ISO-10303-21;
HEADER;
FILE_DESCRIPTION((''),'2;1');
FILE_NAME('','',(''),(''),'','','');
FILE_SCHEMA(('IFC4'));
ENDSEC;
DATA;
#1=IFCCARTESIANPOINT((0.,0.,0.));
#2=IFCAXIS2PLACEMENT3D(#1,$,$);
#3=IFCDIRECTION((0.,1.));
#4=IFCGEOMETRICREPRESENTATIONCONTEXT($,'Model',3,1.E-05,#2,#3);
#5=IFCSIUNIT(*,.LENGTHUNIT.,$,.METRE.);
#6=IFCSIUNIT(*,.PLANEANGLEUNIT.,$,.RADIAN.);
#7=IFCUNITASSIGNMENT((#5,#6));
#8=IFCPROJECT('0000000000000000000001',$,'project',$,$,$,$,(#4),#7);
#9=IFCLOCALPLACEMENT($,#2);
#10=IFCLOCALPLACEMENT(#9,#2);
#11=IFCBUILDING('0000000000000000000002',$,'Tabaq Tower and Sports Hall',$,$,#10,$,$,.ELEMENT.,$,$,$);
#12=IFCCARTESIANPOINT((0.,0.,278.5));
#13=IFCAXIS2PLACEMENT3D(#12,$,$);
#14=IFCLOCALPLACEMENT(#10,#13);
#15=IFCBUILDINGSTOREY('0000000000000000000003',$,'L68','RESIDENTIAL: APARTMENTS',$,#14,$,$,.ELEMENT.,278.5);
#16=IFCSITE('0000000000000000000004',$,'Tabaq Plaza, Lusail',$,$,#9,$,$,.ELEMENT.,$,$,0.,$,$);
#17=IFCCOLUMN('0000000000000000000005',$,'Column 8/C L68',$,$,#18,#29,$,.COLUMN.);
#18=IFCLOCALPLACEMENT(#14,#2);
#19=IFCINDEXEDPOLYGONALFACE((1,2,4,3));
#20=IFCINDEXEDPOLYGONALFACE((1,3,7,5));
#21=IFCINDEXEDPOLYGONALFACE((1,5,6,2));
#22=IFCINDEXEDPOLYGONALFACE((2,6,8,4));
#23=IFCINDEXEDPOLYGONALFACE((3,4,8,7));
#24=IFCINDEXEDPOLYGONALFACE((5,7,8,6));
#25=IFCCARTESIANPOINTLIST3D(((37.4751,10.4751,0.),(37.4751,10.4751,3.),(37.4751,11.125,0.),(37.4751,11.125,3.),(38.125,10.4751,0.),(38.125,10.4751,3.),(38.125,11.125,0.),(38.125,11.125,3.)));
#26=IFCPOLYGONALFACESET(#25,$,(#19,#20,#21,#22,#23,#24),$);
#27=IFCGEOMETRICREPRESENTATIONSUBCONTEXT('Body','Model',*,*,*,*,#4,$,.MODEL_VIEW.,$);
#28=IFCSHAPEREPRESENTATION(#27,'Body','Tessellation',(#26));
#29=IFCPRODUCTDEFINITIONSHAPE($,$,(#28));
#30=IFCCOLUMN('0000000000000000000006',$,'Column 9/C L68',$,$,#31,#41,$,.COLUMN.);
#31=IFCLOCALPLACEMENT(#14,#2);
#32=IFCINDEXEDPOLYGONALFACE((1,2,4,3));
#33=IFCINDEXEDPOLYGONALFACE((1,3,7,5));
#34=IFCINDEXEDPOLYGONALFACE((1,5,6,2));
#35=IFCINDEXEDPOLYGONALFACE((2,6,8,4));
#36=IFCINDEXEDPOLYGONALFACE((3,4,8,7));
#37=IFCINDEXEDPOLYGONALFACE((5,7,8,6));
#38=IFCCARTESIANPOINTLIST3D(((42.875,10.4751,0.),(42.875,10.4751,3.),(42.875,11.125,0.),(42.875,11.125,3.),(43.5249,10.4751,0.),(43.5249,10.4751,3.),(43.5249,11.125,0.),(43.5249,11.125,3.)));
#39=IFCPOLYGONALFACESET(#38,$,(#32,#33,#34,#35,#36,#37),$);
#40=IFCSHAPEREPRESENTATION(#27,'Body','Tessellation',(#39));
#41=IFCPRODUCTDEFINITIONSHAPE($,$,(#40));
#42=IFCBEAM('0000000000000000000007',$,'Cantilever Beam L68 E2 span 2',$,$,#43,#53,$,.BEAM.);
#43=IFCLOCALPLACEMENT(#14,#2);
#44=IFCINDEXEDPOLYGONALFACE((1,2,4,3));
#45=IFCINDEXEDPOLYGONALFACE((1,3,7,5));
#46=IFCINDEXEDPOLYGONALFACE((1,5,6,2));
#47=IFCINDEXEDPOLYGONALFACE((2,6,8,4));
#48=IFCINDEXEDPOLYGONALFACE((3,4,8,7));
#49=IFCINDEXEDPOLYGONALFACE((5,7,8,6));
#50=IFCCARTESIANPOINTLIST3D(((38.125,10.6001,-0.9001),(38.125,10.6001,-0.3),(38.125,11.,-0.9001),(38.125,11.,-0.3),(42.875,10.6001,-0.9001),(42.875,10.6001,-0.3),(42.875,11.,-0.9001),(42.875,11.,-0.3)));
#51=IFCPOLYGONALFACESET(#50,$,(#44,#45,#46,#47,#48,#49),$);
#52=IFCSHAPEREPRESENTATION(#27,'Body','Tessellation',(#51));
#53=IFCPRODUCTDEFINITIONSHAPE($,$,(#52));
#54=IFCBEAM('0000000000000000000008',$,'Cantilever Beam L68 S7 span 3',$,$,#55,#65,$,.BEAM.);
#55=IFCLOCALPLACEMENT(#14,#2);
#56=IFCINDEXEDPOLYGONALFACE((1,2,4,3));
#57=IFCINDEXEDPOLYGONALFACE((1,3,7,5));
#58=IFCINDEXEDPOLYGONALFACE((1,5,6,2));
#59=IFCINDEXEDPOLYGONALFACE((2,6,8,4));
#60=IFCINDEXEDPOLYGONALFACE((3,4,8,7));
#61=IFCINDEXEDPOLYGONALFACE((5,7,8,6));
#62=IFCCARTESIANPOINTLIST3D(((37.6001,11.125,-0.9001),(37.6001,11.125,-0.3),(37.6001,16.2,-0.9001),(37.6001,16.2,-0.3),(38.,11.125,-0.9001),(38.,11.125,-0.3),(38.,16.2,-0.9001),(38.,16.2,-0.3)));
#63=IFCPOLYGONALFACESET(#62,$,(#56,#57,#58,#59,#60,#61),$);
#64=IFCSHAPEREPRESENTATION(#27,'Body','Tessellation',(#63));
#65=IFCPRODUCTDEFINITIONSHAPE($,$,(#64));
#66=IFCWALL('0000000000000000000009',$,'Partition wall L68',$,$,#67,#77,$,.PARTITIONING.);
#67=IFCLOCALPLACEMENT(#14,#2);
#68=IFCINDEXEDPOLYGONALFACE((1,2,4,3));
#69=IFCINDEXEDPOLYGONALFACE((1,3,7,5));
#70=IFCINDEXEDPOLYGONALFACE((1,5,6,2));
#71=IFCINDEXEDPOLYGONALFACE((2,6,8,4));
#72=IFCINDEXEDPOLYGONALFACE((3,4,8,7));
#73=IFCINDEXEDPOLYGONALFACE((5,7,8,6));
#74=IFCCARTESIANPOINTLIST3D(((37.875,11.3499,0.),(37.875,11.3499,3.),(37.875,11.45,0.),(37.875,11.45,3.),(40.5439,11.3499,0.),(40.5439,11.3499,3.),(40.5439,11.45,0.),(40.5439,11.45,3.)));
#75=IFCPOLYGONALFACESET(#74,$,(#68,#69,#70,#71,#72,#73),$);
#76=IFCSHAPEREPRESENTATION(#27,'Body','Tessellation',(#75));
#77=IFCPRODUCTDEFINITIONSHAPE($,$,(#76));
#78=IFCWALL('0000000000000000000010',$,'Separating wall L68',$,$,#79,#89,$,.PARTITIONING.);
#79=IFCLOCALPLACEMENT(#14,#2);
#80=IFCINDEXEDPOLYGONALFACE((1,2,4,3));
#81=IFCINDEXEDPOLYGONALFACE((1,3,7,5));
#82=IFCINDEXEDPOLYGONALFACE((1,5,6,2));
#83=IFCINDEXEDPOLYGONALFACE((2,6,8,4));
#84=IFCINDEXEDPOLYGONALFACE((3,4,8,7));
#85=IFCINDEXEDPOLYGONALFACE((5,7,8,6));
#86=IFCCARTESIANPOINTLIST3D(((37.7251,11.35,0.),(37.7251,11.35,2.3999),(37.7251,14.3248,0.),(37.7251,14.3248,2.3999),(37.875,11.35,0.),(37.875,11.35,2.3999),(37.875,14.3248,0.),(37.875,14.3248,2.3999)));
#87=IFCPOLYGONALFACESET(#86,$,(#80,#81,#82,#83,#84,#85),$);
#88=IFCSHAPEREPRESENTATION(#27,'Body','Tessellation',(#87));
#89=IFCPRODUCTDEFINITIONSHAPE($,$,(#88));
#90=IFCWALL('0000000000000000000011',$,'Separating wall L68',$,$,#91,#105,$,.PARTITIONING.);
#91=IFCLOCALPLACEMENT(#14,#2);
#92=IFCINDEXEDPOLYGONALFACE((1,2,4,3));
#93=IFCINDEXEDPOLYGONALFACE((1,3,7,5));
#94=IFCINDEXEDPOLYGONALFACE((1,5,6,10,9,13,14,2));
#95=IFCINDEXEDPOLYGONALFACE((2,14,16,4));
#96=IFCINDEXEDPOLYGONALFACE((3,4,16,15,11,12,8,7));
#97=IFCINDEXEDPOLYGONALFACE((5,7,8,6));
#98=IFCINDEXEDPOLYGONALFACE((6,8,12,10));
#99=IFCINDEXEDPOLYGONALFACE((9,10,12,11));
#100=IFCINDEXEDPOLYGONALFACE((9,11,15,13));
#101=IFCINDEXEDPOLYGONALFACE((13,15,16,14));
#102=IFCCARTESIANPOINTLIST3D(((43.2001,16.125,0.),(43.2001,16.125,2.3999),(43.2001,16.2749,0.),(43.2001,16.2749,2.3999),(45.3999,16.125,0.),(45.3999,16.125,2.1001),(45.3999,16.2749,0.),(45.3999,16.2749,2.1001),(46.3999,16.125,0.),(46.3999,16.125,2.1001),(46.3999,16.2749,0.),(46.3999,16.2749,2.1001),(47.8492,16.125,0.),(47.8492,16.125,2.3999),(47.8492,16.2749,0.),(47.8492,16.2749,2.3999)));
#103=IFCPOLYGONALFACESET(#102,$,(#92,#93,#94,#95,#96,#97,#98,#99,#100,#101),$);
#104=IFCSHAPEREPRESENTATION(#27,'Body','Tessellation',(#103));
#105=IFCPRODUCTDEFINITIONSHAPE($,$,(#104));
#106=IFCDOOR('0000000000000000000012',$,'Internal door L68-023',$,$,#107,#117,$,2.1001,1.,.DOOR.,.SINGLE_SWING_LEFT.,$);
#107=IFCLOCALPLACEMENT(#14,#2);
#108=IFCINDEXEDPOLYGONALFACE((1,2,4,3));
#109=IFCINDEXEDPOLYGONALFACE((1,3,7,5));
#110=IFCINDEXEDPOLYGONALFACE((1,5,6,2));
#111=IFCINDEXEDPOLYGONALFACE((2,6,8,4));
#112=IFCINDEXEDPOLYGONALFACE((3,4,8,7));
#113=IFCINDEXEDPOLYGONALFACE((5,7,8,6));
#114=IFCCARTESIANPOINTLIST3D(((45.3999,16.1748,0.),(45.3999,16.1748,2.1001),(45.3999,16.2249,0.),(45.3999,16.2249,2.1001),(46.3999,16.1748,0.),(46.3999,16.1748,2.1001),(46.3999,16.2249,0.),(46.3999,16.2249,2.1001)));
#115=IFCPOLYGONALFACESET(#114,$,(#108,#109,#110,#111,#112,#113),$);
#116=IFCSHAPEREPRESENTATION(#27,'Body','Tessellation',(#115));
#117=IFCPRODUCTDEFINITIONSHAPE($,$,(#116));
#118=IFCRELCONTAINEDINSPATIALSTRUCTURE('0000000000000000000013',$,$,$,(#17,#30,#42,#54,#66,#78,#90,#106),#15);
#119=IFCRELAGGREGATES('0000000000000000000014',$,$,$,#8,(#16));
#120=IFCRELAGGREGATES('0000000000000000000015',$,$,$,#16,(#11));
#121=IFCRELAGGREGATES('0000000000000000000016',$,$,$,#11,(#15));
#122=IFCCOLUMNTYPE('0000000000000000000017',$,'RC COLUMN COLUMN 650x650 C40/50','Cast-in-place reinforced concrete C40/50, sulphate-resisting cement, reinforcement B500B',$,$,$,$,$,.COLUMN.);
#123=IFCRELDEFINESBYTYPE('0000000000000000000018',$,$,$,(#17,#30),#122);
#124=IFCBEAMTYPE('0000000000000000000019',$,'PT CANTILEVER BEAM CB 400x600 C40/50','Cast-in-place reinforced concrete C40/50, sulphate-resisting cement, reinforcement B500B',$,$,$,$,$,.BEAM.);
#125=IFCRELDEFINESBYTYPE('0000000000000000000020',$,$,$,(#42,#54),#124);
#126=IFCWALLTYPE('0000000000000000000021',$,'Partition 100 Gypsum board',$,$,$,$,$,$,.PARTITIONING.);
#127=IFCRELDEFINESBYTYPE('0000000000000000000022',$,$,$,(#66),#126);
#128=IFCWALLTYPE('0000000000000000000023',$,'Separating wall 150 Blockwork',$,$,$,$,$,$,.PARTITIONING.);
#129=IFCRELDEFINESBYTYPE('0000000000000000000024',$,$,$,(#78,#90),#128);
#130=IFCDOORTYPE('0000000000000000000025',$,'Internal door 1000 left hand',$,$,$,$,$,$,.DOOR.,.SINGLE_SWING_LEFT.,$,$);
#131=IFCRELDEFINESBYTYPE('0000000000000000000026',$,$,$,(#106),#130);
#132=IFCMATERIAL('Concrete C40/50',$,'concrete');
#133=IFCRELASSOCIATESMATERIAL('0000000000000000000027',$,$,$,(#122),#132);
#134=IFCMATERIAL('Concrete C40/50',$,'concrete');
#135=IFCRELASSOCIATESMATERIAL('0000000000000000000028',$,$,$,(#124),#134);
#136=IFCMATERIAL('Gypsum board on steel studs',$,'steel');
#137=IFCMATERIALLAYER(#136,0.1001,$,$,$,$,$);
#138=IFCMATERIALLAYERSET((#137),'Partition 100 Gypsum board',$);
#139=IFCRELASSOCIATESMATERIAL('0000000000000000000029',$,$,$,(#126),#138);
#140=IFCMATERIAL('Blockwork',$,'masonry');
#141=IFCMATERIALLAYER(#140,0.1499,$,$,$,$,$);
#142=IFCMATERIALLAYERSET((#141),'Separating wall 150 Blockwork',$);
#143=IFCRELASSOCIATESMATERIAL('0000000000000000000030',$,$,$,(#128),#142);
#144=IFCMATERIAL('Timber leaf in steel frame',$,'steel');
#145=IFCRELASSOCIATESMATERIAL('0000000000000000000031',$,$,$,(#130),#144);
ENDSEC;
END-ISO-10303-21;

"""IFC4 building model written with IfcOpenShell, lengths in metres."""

from ifc_helpers import new_model, si_unit, direction, frame, frame_2d, origin, origin_2d, place, context, subcontext, project, spatial, rectangle, extrude, material, layer, layer_set, material_profile, profile_set, type_object, element, fill, save


model = new_model("IFC4")

# Units and contexts
model_context = context("Model", 3, precision=1e-05, world=origin(), true_north=direction((0.0, 1.0)))
body_context = subcontext(model_context, "Body", "Model", "MODEL_VIEW")
ifc_project = project(units=[si_unit("LENGTHUNIT", "METRE"), si_unit("PLANEANGLEUNIT", "RADIAN")], contexts=[model_context])

# Site, building, storey
site_placement = place(None, origin())
site = spatial("IfcSite", under=ifc_project, at=site_placement, Name="Tabaq Plaza, Lusail", CompositionType="ELEMENT", RefElevation=0.0)
building_placement = place(site_placement, origin())
building = spatial("IfcBuilding", under=site, at=building_placement, Name="Tabaq Tower and Sports Hall", CompositionType="ELEMENT")
storey_placement = place(building_placement, frame((0.0, 0.0, 278.5)))
storey = spatial("IfcBuildingStorey", under=building, at=storey_placement, Name="L68", Description="RESIDENTIAL: APARTMENTS", CompositionType="ELEMENT", Elevation=278.5)

# Columns
ifc_material_1 = material(Name="Concrete C40/50", Category="concrete")
ifc_material_profile_1 = material_profile(ifc_material_1, rectangle(XDim=0.6499, YDim=0.6499, at=origin_2d()), Name="COLUMN 650x650")
ifc_profile_set_1 = profile_set([ifc_material_profile_1], Name="Concrete C40/50")
column_type = type_object("IfcColumnType", Name="RC COLUMN COLUMN 650x650 C40/50", Description="Cast-in-place reinforced concrete C40/50, sulphate-resisting cement, reinforcement B500B", PredefinedType="COLUMN", material=ifc_profile_set_1)
for number, where, z_axis, x_axis, name in (
    (1, (37.8, 10.8, 0.0), (0.0, 0.0, 1.0), (1.0, 0.0, 0.0), "Column 8/C L68"),
    (2, (43.2, 10.8, 0.0), (0.0, 0.0, 1.0), (1.0, 0.0, 0.0), "Column 9/C L68"),
):
    element("IfcColumn", number, at=place(storey_placement, frame(where, z_axis=z_axis, x_axis=x_axis)), inside=storey, type_object=column_type, Name=name, PredefinedType="COLUMN", context=body_context, shape_type="SweptSolid", body=[
        extrude(rectangle(XDim=0.6499, YDim=0.6499, at=origin_2d()), origin(), (0.0, 0.0, 1.0), 3.0),
    ])

# Beams
ifc_material_2 = material(Name="Concrete C40/50", Category="concrete")
ifc_material_profile_2 = material_profile(ifc_material_2, rectangle(XDim=0.3999, YDim=0.6001, at=origin_2d()), Name="CB 400x600")
ifc_profile_set_2 = profile_set([ifc_material_profile_2], Name="Concrete C40/50")
beam_type = type_object("IfcBeamType", Name="PT CANTILEVER BEAM CB 400x600 C40/50", Description="Cast-in-place reinforced concrete C40/50, sulphate-resisting cement, reinforcement B500B", PredefinedType="BEAM", material=ifc_profile_set_2)
beam_1_placement = place(storey_placement, frame((42.875, 10.8, -0.6001), z_axis=(-1.0, 0.0, 0.0), x_axis=(0.0, -1.0, 0.0)))
element("IfcBeam", 3, at=beam_1_placement, inside=storey, type_object=beam_type, Name="Cantilever Beam L68 E2 span 2", PredefinedType="BEAM", context=body_context, shape_type="SweptSolid", body=[
    extrude(rectangle(XDim=0.3999, YDim=0.6001, at=origin_2d()), origin(), (0.0, 0.0, 1.0), 4.75),
])
beam_2_placement = place(storey_placement, frame((37.8, 11.125, -0.6001), z_axis=(0.0, 1.0, 0.0), x_axis=(-1.0, 0.0, 0.0)))
element("IfcBeam", 4, at=beam_2_placement, inside=storey, type_object=beam_type, Name="Cantilever Beam L68 S7 span 3", PredefinedType="BEAM", context=body_context, shape_type="SweptSolid", body=[
    extrude(rectangle(XDim=0.3999, YDim=0.6001, at=origin_2d()), origin(), (0.0, 0.0, 1.0), 5.075),
])

# Walls
ifc_material_3 = material(Name="Gypsum board on steel studs", Category="steel")
ifc_layer_1 = layer(ifc_material_3, 0.1001)
ifc_layer_set_1 = layer_set([ifc_layer_1], Name="Partition 100 Gypsum board")
wall_type_1 = type_object("IfcWallType", Name="Partition 100 Gypsum board", PredefinedType="PARTITIONING", material=ifc_layer_set_1)
wall_1_placement = place(storey_placement, frame((40.5439, 11.3999, 0.0), z_axis=(0.0, 0.0, 1.0), x_axis=(-1.0, 0.0, 0.0)))
element("IfcWall", 5, at=wall_1_placement, inside=storey, type_object=wall_type_1, Name="Partition wall L68", PredefinedType="PARTITIONING", context=body_context, shape_type="SweptSolid", body=[
    extrude(rectangle(XDim=2.6689, YDim=0.1001, at=frame_2d((1.3345, 0.0))), origin(), (0.0, 0.0, 1.0), 3.0),
])
ifc_material_4 = material(Name="Blockwork", Category="masonry")
ifc_layer_2 = layer(ifc_material_4, 0.1499)
ifc_layer_set_2 = layer_set([ifc_layer_2], Name="Separating wall 150 Blockwork")
wall_type_2 = type_object("IfcWallType", Name="Separating wall 150 Blockwork", PredefinedType="PARTITIONING", material=ifc_layer_set_2)
wall_2_placement = place(storey_placement, frame((37.8, 11.3501, 0.0), z_axis=(0.0, 0.0, 1.0), x_axis=(0.0, 1.0, 0.0)))
element("IfcWall", 6, at=wall_2_placement, inside=storey, type_object=wall_type_2, Name="Separating wall L68", PredefinedType="PARTITIONING", context=body_context, shape_type="SweptSolid", body=[
    extrude(rectangle(XDim=2.9749, YDim=0.1499, at=frame_2d((1.4873, 0.0))), origin(), (0.0, 0.0, 1.0), 2.3999),
])

# Wall, opening, door
wall_3_placement = place(storey_placement, frame((43.2, 16.2, 0.0), z_axis=(0.0, 0.0, 1.0), x_axis=(1.0, 0.0, 0.0)))
wall_3 = element("IfcWall", 7, at=wall_3_placement, inside=storey, type_object=wall_type_2, Name="Separating wall L68", PredefinedType="PARTITIONING", context=body_context, shape_type="SweptSolid", body=[
    extrude(rectangle(XDim=4.6492, YDim=0.1499, at=frame_2d((2.3247, 0.0))), origin(), (0.0, 0.0, 1.0), 2.3999),
])
opening_1_placement = place(wall_3_placement, frame((2.2, 0.0, 0.0)))
opening_1 = element("IfcOpeningElement", 8, at=opening_1_placement, cuts=wall_3, PredefinedType="OPENING", context=body_context, shape_type="SweptSolid", body=[
    extrude(rectangle(XDim=1.0, YDim=2.1001, at=frame_2d((0.5, 1.05))), frame((0.0, 0.075, 0.0), z_axis=(0.0, -1.0, 0.0), x_axis=(1.0, 0.0, 0.0)), (0.0, 0.0, 1.0), 0.1499),
])
ifc_material_5 = material(Name="Timber leaf in steel frame", Category="steel")
door_type_1 = type_object("IfcDoorType", Name="Internal door 1000 left hand", OperationType="SINGLE_SWING_LEFT", PredefinedType="DOOR", material=ifc_material_5)
door_1_placement = place(opening_1_placement, origin())
door_1 = element("IfcDoor", 9, at=door_1_placement, inside=storey, type_object=door_type_1, Name="Internal door L68-023", OperationType="SINGLE_SWING_LEFT", OverallHeight=2.1001, OverallWidth=1.0, PredefinedType="DOOR", context=body_context, shape_type="SweptSolid", body=[
    extrude(rectangle(XDim=1.0, YDim=2.1001, at=frame_2d((0.5, 1.05))), frame((0.0, 0.0249, 0.0), z_axis=(0.0, -1.0, 0.0), x_axis=(1.0, 0.0, 0.0)), (0.0, 0.0, 1.0), 0.05),
])
fill(opening_1, door_1)

save(model, "model.ifc")
